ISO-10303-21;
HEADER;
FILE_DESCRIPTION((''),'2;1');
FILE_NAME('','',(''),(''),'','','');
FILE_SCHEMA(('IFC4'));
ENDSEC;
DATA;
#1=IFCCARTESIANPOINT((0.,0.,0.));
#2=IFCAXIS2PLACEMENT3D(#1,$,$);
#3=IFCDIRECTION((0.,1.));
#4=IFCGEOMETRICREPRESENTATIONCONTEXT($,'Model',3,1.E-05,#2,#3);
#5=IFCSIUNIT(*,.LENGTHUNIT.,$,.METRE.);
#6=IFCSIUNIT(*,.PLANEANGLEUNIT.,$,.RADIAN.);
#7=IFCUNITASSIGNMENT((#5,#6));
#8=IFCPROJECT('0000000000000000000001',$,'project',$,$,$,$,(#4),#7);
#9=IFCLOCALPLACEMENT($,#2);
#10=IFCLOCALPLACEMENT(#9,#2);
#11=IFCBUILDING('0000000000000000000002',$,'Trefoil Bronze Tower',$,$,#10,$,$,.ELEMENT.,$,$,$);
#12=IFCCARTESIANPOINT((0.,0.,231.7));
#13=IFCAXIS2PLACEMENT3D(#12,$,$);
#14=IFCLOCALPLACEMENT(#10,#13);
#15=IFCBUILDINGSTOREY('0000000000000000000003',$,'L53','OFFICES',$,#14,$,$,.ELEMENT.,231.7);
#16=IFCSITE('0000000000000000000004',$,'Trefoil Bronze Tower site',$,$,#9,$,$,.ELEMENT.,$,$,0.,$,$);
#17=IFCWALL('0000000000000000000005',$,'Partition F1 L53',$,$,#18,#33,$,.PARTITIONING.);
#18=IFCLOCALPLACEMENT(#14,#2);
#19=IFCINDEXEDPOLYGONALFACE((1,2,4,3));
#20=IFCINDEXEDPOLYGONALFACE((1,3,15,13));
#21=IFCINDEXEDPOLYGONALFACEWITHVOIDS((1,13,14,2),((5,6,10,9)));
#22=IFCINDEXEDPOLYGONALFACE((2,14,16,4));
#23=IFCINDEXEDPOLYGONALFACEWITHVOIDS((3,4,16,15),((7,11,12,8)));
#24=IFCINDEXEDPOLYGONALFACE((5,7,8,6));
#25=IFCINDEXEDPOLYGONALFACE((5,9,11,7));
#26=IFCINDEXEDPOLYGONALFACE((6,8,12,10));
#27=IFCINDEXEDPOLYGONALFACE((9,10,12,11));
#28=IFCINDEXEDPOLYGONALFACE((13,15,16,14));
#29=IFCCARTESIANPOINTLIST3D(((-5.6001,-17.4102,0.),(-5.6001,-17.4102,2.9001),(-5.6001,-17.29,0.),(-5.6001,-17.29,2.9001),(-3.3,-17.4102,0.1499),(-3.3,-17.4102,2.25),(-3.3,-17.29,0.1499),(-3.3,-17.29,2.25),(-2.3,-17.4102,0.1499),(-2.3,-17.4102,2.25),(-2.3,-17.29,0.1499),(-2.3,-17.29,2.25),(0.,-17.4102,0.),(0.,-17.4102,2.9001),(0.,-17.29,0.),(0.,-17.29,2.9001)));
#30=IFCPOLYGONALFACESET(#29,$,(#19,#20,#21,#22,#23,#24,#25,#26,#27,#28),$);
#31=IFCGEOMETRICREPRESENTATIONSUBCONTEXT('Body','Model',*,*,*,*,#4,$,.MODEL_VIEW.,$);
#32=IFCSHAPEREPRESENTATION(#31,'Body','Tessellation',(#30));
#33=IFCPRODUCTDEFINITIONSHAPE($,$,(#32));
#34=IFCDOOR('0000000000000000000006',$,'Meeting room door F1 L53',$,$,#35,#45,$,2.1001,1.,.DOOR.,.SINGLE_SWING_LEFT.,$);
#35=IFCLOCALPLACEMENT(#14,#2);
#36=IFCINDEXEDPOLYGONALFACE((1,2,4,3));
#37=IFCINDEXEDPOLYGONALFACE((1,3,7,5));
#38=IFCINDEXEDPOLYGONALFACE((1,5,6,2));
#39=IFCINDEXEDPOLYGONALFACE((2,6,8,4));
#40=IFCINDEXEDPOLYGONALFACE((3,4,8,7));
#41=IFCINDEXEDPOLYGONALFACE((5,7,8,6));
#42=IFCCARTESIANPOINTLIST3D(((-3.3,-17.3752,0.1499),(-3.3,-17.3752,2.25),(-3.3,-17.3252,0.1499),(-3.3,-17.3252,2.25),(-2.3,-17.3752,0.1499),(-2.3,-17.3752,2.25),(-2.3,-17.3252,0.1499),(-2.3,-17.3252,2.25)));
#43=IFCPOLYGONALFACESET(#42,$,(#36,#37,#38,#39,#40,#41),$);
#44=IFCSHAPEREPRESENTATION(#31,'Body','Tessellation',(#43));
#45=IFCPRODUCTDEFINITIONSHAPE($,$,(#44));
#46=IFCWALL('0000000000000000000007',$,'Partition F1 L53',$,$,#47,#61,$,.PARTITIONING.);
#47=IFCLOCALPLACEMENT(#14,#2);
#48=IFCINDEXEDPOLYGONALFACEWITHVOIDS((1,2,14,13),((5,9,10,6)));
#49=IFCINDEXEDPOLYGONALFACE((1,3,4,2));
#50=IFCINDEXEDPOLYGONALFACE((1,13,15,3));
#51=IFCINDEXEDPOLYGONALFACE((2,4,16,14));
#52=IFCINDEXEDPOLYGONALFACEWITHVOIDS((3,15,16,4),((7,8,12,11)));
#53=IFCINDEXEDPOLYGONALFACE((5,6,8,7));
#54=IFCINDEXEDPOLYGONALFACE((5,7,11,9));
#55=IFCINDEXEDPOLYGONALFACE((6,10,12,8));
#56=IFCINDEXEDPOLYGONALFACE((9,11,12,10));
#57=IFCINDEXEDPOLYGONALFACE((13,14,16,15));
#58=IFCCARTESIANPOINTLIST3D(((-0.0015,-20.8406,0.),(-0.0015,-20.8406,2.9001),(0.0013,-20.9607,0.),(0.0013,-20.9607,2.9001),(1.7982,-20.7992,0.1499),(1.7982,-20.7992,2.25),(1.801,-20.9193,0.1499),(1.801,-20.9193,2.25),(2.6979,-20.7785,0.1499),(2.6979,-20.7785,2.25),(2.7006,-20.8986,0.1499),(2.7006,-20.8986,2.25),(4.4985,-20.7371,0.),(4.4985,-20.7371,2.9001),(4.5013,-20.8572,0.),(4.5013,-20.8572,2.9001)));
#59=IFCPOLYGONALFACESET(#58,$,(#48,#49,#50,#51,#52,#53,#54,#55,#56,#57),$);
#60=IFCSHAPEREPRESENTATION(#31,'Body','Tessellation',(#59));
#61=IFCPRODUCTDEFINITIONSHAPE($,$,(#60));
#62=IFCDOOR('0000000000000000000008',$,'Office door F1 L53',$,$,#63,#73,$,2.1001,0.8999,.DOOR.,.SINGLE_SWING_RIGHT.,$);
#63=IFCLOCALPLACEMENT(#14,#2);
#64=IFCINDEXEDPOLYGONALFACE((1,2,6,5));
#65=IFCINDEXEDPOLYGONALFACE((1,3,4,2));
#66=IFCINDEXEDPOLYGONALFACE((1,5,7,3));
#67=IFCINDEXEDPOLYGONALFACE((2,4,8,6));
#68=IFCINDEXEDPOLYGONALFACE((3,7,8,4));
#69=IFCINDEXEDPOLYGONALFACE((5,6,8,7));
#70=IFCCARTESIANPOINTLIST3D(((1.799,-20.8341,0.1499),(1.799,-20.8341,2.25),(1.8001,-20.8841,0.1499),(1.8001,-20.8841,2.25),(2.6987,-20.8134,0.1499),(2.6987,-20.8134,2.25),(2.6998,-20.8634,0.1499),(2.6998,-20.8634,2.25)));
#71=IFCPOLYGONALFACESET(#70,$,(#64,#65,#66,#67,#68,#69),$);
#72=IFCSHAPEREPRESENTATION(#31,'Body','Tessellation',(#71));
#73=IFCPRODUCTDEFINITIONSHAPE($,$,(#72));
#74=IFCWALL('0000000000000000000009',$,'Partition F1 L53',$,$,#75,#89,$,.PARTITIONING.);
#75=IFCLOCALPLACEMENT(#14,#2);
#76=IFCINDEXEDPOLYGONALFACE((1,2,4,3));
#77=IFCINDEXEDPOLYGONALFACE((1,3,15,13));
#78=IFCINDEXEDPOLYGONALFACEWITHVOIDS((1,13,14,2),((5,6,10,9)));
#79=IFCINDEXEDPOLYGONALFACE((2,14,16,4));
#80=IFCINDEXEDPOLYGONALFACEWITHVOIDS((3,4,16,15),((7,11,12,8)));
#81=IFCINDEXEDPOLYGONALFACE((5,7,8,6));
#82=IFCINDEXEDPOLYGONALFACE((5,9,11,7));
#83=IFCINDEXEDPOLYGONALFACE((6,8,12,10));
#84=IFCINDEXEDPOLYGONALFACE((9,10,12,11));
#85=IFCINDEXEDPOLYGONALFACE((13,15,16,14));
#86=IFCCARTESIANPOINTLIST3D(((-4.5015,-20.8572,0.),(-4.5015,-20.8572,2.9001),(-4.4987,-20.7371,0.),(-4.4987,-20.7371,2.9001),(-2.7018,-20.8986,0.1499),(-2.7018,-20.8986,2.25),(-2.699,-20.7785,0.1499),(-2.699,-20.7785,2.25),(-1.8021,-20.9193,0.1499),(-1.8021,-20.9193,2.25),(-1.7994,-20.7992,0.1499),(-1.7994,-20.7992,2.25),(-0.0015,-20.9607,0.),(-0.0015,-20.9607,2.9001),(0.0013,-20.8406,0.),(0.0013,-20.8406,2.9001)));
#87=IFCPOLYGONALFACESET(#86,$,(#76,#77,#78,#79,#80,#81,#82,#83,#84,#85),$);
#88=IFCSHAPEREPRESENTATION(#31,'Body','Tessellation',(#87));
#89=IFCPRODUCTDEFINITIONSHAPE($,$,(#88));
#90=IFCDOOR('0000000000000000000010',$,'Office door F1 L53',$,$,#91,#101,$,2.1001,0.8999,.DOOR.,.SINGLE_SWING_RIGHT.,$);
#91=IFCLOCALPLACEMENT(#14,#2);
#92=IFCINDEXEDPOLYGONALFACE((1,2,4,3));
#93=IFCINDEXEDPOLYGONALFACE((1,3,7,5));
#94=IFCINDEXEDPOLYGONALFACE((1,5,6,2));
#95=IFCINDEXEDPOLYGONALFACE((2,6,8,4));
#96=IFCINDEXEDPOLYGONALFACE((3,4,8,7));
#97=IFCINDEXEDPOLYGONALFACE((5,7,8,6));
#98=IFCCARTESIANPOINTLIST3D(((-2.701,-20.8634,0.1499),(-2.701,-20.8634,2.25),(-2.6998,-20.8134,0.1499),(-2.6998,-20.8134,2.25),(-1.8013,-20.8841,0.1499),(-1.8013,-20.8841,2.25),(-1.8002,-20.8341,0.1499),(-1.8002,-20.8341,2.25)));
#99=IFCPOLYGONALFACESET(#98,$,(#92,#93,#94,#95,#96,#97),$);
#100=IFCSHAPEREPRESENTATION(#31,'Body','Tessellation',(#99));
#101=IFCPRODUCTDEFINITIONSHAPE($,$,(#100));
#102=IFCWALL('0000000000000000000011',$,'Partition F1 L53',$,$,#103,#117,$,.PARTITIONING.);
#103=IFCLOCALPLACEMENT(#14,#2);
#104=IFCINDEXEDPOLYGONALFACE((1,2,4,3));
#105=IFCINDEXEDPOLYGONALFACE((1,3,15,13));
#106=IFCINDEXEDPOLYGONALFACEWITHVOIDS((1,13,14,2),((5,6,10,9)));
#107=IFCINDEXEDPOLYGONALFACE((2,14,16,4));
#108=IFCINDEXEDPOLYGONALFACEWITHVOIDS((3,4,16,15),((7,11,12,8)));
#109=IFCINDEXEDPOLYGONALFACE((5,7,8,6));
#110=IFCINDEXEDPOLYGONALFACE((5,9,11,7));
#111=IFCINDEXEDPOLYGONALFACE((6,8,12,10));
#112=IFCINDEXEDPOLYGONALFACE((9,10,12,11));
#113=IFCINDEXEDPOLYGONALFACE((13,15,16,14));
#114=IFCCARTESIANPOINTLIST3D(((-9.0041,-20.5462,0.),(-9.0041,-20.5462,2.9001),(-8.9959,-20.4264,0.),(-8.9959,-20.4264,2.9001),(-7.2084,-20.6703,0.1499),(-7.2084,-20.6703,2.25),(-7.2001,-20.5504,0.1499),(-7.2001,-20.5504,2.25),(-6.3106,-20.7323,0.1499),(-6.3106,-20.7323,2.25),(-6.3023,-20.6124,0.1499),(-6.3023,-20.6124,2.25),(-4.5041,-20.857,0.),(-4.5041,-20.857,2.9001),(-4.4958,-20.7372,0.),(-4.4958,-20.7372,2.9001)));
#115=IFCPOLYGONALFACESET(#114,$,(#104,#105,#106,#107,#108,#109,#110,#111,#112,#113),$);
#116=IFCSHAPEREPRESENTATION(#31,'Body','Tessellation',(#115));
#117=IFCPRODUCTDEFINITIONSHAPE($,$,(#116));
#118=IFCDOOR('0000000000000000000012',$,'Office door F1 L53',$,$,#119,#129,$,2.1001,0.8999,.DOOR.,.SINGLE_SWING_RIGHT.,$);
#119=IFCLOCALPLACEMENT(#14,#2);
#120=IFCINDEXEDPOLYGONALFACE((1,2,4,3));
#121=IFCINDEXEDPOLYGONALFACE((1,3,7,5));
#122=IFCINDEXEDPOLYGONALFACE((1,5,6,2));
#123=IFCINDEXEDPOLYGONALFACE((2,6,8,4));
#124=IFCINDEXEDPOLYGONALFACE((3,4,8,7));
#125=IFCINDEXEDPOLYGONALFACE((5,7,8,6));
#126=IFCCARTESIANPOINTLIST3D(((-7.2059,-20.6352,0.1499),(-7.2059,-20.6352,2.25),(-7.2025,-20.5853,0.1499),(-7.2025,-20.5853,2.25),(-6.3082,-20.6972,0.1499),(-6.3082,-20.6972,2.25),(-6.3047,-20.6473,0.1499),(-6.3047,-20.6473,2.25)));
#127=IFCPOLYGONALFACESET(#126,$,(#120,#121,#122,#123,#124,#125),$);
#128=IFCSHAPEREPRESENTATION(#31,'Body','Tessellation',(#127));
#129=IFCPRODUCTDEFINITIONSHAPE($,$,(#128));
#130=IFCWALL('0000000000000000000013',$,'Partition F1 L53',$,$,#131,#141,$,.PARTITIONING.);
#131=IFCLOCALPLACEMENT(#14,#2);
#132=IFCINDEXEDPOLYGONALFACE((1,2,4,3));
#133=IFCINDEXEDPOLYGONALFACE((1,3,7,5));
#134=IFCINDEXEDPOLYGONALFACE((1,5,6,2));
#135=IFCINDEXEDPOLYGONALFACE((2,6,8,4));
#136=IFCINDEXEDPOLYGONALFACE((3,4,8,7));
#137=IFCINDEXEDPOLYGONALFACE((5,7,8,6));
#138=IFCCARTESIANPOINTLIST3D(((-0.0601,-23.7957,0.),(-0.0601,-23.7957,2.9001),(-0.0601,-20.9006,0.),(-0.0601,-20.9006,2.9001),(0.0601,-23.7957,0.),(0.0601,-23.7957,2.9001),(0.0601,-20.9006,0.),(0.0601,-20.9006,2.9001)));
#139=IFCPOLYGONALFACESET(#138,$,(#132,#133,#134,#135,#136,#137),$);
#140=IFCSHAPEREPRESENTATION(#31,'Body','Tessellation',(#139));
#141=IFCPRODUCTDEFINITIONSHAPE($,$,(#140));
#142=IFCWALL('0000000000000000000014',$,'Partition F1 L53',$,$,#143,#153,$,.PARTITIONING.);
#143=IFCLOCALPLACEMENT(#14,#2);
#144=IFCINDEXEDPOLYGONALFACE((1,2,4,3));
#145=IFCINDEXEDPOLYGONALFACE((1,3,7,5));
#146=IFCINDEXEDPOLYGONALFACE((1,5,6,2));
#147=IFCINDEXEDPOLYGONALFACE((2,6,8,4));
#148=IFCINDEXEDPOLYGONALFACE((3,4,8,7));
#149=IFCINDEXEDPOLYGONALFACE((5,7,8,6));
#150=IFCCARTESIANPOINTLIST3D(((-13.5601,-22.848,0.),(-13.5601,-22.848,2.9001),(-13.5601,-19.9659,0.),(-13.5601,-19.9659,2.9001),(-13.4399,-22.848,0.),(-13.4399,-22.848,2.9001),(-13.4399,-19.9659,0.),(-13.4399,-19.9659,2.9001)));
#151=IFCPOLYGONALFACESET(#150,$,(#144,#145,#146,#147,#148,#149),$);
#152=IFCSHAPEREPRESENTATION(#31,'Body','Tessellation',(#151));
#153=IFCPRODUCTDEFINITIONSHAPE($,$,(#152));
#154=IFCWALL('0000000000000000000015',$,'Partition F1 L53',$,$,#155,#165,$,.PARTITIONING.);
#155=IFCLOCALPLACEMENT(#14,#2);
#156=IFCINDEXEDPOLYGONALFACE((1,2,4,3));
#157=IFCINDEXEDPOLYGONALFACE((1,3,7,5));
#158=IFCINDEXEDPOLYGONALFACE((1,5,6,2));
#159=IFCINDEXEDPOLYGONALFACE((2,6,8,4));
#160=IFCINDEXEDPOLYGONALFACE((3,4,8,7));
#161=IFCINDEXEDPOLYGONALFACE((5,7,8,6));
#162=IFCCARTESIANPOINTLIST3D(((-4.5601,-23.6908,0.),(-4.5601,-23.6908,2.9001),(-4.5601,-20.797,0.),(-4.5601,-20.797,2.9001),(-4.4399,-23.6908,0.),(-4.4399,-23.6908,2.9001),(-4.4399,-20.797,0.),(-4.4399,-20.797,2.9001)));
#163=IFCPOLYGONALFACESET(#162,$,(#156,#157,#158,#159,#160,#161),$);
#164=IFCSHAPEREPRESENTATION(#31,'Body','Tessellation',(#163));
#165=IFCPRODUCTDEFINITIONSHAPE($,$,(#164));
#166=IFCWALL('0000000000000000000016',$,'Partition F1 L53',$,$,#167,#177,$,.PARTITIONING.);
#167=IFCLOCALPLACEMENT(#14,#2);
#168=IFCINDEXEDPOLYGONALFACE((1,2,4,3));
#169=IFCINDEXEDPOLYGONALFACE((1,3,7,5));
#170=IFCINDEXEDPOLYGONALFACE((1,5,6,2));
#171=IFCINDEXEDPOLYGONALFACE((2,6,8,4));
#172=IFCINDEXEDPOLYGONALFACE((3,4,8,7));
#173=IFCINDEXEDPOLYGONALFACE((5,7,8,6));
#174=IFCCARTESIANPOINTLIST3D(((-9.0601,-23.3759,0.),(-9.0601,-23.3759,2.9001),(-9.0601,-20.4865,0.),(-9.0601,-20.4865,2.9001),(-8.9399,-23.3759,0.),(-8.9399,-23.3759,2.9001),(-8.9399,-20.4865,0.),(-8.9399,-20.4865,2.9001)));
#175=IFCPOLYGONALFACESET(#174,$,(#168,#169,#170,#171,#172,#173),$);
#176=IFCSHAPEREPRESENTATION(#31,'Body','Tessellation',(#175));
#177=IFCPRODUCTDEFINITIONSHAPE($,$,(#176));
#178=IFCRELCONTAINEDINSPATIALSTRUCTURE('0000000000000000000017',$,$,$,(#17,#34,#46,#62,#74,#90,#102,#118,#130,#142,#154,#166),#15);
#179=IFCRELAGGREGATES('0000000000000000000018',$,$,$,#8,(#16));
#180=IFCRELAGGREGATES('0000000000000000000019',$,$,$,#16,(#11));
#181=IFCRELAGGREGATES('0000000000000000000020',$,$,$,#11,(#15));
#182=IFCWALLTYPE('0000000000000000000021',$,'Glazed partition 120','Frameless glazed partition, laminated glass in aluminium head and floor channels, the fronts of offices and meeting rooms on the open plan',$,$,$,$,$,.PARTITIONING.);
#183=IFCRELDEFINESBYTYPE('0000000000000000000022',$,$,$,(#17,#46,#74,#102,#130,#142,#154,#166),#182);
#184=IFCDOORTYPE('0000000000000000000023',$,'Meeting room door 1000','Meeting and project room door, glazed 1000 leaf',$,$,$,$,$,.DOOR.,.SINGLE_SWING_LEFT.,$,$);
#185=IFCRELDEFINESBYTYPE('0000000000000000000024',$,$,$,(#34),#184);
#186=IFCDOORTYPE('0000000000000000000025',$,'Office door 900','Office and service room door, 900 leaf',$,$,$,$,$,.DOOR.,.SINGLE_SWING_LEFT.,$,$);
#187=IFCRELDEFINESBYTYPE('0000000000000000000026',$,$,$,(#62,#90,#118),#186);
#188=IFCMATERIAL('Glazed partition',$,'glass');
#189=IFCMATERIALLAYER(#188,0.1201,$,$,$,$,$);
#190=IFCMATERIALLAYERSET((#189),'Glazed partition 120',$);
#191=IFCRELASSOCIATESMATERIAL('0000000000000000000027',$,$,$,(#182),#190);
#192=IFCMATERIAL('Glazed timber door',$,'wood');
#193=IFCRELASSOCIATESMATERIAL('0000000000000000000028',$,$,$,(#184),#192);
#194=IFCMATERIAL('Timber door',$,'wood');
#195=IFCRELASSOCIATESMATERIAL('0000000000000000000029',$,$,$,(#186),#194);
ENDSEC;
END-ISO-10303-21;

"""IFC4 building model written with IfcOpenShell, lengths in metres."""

from ifc_helpers import new_model, si_unit, direction, frame, frame_2d, origin, place, context, subcontext, project, spatial, rectangle, extrude, material, layer, layer_set, type_object, element, fill, save


model = new_model("IFC4")

# Units and contexts
model_context = context("Model", 3, precision=1e-05, world=origin(), true_north=direction((0.0, 1.0)))
body_context = subcontext(model_context, "Body", "Model", "MODEL_VIEW")
ifc_project = project(units=[si_unit("LENGTHUNIT", "METRE"), si_unit("PLANEANGLEUNIT", "RADIAN")], contexts=[model_context])

# Site, building, storey
site_placement = place(None, origin())
site = spatial("IfcSite", under=ifc_project, at=site_placement, Name="Trefoil Bronze Tower site", CompositionType="ELEMENT", RefElevation=0.0)
building_placement = place(site_placement, origin())
building = spatial("IfcBuilding", under=site, at=building_placement, Name="Trefoil Bronze Tower", CompositionType="ELEMENT")
storey_placement = place(building_placement, frame((0.0, 0.0, 231.7)))
storey = spatial("IfcBuildingStorey", under=building, at=storey_placement, Name="L53", Description="OFFICES", CompositionType="ELEMENT", Elevation=231.7)

# Walls, openings, doors
ifc_material_1 = material(Name="Glazed partition", Category="glass")
ifc_layer_1 = layer(ifc_material_1, 0.1201)
ifc_layer_set_1 = layer_set([ifc_layer_1], Name="Glazed partition 120")
wall_type_1 = type_object("IfcWallType", Name="Glazed partition 120", Description="Frameless glazed partition, laminated glass in aluminium head and floor channels, the fronts of offices and meeting rooms on the open plan", PredefinedType="PARTITIONING", material=ifc_layer_set_1)
wall_1_placement = place(storey_placement, frame((-5.6001, -17.3501, 0.0), z_axis=(0.0, 0.0, 1.0), x_axis=(1.0, 0.0, 0.0)))
wall_1 = element("IfcWall", 1, at=wall_1_placement, inside=storey, type_object=wall_type_1, Name="Partition F1 L53", PredefinedType="PARTITIONING", context=body_context, shape_type="SweptSolid", body=[
    extrude(rectangle(XDim=5.6001, YDim=0.1201, at=frame_2d((2.8, 0.0))), origin(), (0.0, 0.0, 1.0), 2.9001),
])
opening_1_placement = place(wall_1_placement, frame((2.3, 0.0, 0.1499)))
opening_1 = element("IfcOpeningElement", 2, at=opening_1_placement, cuts=wall_1, PredefinedType="OPENING", context=body_context, shape_type="SweptSolid", body=[
    extrude(rectangle(XDim=1.0, YDim=2.1001, at=frame_2d((0.5, 1.05))), frame((0.0, 0.0701, 0.0), z_axis=(0.0, -1.0, 0.0), x_axis=(1.0, 0.0, 0.0)), (0.0, 0.0, 1.0), 0.1401),
])
ifc_material_2 = material(Name="Glazed timber door", Category="wood")
door_type_1 = type_object("IfcDoorType", Name="Meeting room door 1000", Description="Meeting and project room door, glazed 1000 leaf", OperationType="SINGLE_SWING_LEFT", PredefinedType="DOOR", material=ifc_material_2)
door_1_placement = place(opening_1_placement, origin())
door_1 = element("IfcDoor", 3, at=door_1_placement, inside=storey, type_object=door_type_1, Name="Meeting room door F1 L53", OperationType="SINGLE_SWING_LEFT", OverallHeight=2.1001, OverallWidth=1.0, PredefinedType="DOOR", context=body_context, shape_type="SweptSolid", body=[
    extrude(rectangle(XDim=1.0, YDim=2.1001, at=frame_2d((0.5, 1.05))), frame((0.0, 0.0249, 0.0), z_axis=(0.0, -1.0, 0.0), x_axis=(1.0, 0.0, 0.0)), (0.0, 0.0, 1.0), 0.05),
])
fill(opening_1, door_1)
wall_2_placement = place(storey_placement, frame((0.0, -20.9006, 0.0), z_axis=(0.0, 0.0, 1.0), x_axis=(0.999736, 0.022997, 0.0)))
wall_2 = element("IfcWall", 4, at=wall_2_placement, inside=storey, type_object=wall_type_1, Name="Partition F1 L53", PredefinedType="PARTITIONING", context=body_context, shape_type="SweptSolid", body=[
    extrude(rectangle(XDim=4.5012, YDim=0.1201, at=frame_2d((2.2505, 0.0))), origin(), (0.0, 0.0, 1.0), 2.9001),
])
opening_2_placement = place(wall_2_placement, frame((1.8, 0.0, 0.1499)))
opening_2 = element("IfcOpeningElement", 5, at=opening_2_placement, cuts=wall_2, PredefinedType="OPENING", context=body_context, shape_type="SweptSolid", body=[
    extrude(rectangle(XDim=0.8999, YDim=2.1001, at=frame_2d((0.45, 1.05))), frame((0.0, 0.0701, 0.0), z_axis=(0.0, -1.0, 0.0), x_axis=(1.0, 0.0, 0.0)), (0.0, 0.0, 1.0), 0.1401),
])
ifc_material_3 = material(Name="Timber door", Category="wood")
door_type_2 = type_object("IfcDoorType", Name="Office door 900", Description="Office and service room door, 900 leaf", OperationType="SINGLE_SWING_LEFT", PredefinedType="DOOR", material=ifc_material_3)
door_2_placement = place(opening_2_placement, frame((0.8999, 0.0, 0.0), z_axis=(0.0, 0.0, 1.0), x_axis=(-1.0, 0.0, 0.0)))
door_2 = element("IfcDoor", 6, at=door_2_placement, inside=storey, type_object=door_type_2, Name="Office door F1 L53", OperationType="SINGLE_SWING_RIGHT", OverallHeight=2.1001, OverallWidth=0.8999, PredefinedType="DOOR", context=body_context, shape_type="SweptSolid", body=[
    extrude(rectangle(XDim=0.8999, YDim=2.1001, at=frame_2d((0.45, 1.05))), frame((0.0, 0.0249, 0.0), z_axis=(0.0, -1.0, 0.0), x_axis=(1.0, 0.0, 0.0)), (0.0, 0.0, 1.0), 0.05),
])
fill(opening_2, door_2)
wall_3_placement = place(storey_placement, frame((-4.5, -20.7971, 0.0), z_axis=(0.0, 0.0, 1.0), x_axis=(0.999736, -0.022997, 0.0)))
wall_3 = element("IfcWall", 7, at=wall_3_placement, inside=storey, type_object=wall_type_1, Name="Partition F1 L53", PredefinedType="PARTITIONING", context=body_context, shape_type="SweptSolid", body=[
    extrude(rectangle(XDim=4.5012, YDim=0.1201, at=frame_2d((2.2505, 0.0))), origin(), (0.0, 0.0, 1.0), 2.9001),
])
opening_3_placement = place(wall_3_placement, frame((1.8, 0.0, 0.1499)))
opening_3 = element("IfcOpeningElement", 8, at=opening_3_placement, cuts=wall_3, PredefinedType="OPENING", context=body_context, shape_type="SweptSolid", body=[
    extrude(rectangle(XDim=0.8999, YDim=2.1001, at=frame_2d((0.45, 1.05))), frame((0.0, 0.0701, 0.0), z_axis=(0.0, -1.0, 0.0), x_axis=(1.0, 0.0, 0.0)), (0.0, 0.0, 1.0), 0.1401),
])
door_3_placement = place(opening_3_placement, frame((0.8999, 0.0, 0.0), z_axis=(0.0, 0.0, 1.0), x_axis=(-1.0, 0.0, 0.0)))
door_3 = element("IfcDoor", 9, at=door_3_placement, inside=storey, type_object=door_type_2, Name="Office door F1 L53", OperationType="SINGLE_SWING_RIGHT", OverallHeight=2.1001, OverallWidth=0.8999, PredefinedType="DOOR", context=body_context, shape_type="SweptSolid", body=[
    extrude(rectangle(XDim=0.8999, YDim=2.1001, at=frame_2d((0.45, 1.05))), frame((0.0, 0.0249, 0.0), z_axis=(0.0, -1.0, 0.0), x_axis=(1.0, 0.0, 0.0)), (0.0, 0.0, 1.0), 0.05),
])
fill(opening_3, door_3)
wall_4_placement = place(storey_placement, frame((-9.0, -20.4863, 0.0), z_axis=(0.0, 0.0, 1.0), x_axis=(0.997624, -0.068901, 0.0)))
wall_4 = element("IfcWall", 10, at=wall_4_placement, inside=storey, type_object=wall_type_1, Name="Partition F1 L53", PredefinedType="PARTITIONING", context=body_context, shape_type="SweptSolid", body=[
    extrude(rectangle(XDim=4.5107, YDim=0.1201, at=frame_2d((2.2554, 0.0))), origin(), (0.0, 0.0, 1.0), 2.9001),
])
opening_4_placement = place(wall_4_placement, frame((1.8, 0.0, 0.1499)))
opening_4 = element("IfcOpeningElement", 11, at=opening_4_placement, cuts=wall_4, PredefinedType="OPENING", context=body_context, shape_type="SweptSolid", body=[
    extrude(rectangle(XDim=0.8999, YDim=2.1001, at=frame_2d((0.45, 1.05))), frame((0.0, 0.0701, 0.0), z_axis=(0.0, -1.0, 0.0), x_axis=(1.0, 0.0, 0.0)), (0.0, 0.0, 1.0), 0.1401),
])
door_4_placement = place(opening_4_placement, frame((0.8999, 0.0, 0.0), z_axis=(0.0, 0.0, 1.0), x_axis=(-1.0, 0.0, 0.0)))
door_4 = element("IfcDoor", 12, at=door_4_placement, inside=storey, type_object=door_type_2, Name="Office door F1 L53", OperationType="SINGLE_SWING_RIGHT", OverallHeight=2.1001, OverallWidth=0.8999, PredefinedType="DOOR", context=body_context, shape_type="SweptSolid", body=[
    extrude(rectangle(XDim=0.8999, YDim=2.1001, at=frame_2d((0.45, 1.05))), frame((0.0, 0.0249, 0.0), z_axis=(0.0, -1.0, 0.0), x_axis=(1.0, 0.0, 0.0)), (0.0, 0.0, 1.0), 0.05),
])
fill(opening_4, door_4)

# Walls
wall_5_placement = place(storey_placement, frame((0.0, -20.9006, 0.0), z_axis=(0.0, 0.0, 1.0), x_axis=(0.0, -1.0, 0.0)))
element("IfcWall", 13, at=wall_5_placement, inside=storey, type_object=wall_type_1, Name="Partition F1 L53", PredefinedType="PARTITIONING", context=body_context, shape_type="SweptSolid", body=[
    extrude(rectangle(XDim=2.895, YDim=0.1201, at=frame_2d((1.4475, 0.0))), origin(), (0.0, 0.0, 1.0), 2.9001),
])
wall_6_placement = place(storey_placement, frame((-13.5, -19.9661, 0.0), z_axis=(0.0, 0.0, 1.0), x_axis=(0.0, -1.0, 0.0)))
element("IfcWall", 14, at=wall_6_placement, inside=storey, type_object=wall_type_1, Name="Partition F1 L53", PredefinedType="PARTITIONING", context=body_context, shape_type="SweptSolid", body=[
    extrude(rectangle(XDim=2.8821, YDim=0.1201, at=frame_2d((1.4409, 0.0))), origin(), (0.0, 0.0, 1.0), 2.9001),
])
wall_7_placement = place(storey_placement, frame((-4.5, -20.7971, 0.0), z_axis=(0.0, 0.0, 1.0), x_axis=(0.0, -1.0, 0.0)))
element("IfcWall", 15, at=wall_7_placement, inside=storey, type_object=wall_type_1, Name="Partition F1 L53", PredefinedType="PARTITIONING", context=body_context, shape_type="SweptSolid", body=[
    extrude(rectangle(XDim=2.8938, YDim=0.1201, at=frame_2d((1.4468, 0.0))), origin(), (0.0, 0.0, 1.0), 2.9001),
])
wall_8_placement = place(storey_placement, frame((-9.0, -20.4863, 0.0), z_axis=(0.0, 0.0, 1.0), x_axis=(0.0, -1.0, 0.0)))
element("IfcWall", 16, at=wall_8_placement, inside=storey, type_object=wall_type_1, Name="Partition F1 L53", PredefinedType="PARTITIONING", context=body_context, shape_type="SweptSolid", body=[
    extrude(rectangle(XDim=2.8894, YDim=0.1201, at=frame_2d((1.4448, 0.0))), origin(), (0.0, 0.0, 1.0), 2.9001),
])

save(model, "model.ifc")
